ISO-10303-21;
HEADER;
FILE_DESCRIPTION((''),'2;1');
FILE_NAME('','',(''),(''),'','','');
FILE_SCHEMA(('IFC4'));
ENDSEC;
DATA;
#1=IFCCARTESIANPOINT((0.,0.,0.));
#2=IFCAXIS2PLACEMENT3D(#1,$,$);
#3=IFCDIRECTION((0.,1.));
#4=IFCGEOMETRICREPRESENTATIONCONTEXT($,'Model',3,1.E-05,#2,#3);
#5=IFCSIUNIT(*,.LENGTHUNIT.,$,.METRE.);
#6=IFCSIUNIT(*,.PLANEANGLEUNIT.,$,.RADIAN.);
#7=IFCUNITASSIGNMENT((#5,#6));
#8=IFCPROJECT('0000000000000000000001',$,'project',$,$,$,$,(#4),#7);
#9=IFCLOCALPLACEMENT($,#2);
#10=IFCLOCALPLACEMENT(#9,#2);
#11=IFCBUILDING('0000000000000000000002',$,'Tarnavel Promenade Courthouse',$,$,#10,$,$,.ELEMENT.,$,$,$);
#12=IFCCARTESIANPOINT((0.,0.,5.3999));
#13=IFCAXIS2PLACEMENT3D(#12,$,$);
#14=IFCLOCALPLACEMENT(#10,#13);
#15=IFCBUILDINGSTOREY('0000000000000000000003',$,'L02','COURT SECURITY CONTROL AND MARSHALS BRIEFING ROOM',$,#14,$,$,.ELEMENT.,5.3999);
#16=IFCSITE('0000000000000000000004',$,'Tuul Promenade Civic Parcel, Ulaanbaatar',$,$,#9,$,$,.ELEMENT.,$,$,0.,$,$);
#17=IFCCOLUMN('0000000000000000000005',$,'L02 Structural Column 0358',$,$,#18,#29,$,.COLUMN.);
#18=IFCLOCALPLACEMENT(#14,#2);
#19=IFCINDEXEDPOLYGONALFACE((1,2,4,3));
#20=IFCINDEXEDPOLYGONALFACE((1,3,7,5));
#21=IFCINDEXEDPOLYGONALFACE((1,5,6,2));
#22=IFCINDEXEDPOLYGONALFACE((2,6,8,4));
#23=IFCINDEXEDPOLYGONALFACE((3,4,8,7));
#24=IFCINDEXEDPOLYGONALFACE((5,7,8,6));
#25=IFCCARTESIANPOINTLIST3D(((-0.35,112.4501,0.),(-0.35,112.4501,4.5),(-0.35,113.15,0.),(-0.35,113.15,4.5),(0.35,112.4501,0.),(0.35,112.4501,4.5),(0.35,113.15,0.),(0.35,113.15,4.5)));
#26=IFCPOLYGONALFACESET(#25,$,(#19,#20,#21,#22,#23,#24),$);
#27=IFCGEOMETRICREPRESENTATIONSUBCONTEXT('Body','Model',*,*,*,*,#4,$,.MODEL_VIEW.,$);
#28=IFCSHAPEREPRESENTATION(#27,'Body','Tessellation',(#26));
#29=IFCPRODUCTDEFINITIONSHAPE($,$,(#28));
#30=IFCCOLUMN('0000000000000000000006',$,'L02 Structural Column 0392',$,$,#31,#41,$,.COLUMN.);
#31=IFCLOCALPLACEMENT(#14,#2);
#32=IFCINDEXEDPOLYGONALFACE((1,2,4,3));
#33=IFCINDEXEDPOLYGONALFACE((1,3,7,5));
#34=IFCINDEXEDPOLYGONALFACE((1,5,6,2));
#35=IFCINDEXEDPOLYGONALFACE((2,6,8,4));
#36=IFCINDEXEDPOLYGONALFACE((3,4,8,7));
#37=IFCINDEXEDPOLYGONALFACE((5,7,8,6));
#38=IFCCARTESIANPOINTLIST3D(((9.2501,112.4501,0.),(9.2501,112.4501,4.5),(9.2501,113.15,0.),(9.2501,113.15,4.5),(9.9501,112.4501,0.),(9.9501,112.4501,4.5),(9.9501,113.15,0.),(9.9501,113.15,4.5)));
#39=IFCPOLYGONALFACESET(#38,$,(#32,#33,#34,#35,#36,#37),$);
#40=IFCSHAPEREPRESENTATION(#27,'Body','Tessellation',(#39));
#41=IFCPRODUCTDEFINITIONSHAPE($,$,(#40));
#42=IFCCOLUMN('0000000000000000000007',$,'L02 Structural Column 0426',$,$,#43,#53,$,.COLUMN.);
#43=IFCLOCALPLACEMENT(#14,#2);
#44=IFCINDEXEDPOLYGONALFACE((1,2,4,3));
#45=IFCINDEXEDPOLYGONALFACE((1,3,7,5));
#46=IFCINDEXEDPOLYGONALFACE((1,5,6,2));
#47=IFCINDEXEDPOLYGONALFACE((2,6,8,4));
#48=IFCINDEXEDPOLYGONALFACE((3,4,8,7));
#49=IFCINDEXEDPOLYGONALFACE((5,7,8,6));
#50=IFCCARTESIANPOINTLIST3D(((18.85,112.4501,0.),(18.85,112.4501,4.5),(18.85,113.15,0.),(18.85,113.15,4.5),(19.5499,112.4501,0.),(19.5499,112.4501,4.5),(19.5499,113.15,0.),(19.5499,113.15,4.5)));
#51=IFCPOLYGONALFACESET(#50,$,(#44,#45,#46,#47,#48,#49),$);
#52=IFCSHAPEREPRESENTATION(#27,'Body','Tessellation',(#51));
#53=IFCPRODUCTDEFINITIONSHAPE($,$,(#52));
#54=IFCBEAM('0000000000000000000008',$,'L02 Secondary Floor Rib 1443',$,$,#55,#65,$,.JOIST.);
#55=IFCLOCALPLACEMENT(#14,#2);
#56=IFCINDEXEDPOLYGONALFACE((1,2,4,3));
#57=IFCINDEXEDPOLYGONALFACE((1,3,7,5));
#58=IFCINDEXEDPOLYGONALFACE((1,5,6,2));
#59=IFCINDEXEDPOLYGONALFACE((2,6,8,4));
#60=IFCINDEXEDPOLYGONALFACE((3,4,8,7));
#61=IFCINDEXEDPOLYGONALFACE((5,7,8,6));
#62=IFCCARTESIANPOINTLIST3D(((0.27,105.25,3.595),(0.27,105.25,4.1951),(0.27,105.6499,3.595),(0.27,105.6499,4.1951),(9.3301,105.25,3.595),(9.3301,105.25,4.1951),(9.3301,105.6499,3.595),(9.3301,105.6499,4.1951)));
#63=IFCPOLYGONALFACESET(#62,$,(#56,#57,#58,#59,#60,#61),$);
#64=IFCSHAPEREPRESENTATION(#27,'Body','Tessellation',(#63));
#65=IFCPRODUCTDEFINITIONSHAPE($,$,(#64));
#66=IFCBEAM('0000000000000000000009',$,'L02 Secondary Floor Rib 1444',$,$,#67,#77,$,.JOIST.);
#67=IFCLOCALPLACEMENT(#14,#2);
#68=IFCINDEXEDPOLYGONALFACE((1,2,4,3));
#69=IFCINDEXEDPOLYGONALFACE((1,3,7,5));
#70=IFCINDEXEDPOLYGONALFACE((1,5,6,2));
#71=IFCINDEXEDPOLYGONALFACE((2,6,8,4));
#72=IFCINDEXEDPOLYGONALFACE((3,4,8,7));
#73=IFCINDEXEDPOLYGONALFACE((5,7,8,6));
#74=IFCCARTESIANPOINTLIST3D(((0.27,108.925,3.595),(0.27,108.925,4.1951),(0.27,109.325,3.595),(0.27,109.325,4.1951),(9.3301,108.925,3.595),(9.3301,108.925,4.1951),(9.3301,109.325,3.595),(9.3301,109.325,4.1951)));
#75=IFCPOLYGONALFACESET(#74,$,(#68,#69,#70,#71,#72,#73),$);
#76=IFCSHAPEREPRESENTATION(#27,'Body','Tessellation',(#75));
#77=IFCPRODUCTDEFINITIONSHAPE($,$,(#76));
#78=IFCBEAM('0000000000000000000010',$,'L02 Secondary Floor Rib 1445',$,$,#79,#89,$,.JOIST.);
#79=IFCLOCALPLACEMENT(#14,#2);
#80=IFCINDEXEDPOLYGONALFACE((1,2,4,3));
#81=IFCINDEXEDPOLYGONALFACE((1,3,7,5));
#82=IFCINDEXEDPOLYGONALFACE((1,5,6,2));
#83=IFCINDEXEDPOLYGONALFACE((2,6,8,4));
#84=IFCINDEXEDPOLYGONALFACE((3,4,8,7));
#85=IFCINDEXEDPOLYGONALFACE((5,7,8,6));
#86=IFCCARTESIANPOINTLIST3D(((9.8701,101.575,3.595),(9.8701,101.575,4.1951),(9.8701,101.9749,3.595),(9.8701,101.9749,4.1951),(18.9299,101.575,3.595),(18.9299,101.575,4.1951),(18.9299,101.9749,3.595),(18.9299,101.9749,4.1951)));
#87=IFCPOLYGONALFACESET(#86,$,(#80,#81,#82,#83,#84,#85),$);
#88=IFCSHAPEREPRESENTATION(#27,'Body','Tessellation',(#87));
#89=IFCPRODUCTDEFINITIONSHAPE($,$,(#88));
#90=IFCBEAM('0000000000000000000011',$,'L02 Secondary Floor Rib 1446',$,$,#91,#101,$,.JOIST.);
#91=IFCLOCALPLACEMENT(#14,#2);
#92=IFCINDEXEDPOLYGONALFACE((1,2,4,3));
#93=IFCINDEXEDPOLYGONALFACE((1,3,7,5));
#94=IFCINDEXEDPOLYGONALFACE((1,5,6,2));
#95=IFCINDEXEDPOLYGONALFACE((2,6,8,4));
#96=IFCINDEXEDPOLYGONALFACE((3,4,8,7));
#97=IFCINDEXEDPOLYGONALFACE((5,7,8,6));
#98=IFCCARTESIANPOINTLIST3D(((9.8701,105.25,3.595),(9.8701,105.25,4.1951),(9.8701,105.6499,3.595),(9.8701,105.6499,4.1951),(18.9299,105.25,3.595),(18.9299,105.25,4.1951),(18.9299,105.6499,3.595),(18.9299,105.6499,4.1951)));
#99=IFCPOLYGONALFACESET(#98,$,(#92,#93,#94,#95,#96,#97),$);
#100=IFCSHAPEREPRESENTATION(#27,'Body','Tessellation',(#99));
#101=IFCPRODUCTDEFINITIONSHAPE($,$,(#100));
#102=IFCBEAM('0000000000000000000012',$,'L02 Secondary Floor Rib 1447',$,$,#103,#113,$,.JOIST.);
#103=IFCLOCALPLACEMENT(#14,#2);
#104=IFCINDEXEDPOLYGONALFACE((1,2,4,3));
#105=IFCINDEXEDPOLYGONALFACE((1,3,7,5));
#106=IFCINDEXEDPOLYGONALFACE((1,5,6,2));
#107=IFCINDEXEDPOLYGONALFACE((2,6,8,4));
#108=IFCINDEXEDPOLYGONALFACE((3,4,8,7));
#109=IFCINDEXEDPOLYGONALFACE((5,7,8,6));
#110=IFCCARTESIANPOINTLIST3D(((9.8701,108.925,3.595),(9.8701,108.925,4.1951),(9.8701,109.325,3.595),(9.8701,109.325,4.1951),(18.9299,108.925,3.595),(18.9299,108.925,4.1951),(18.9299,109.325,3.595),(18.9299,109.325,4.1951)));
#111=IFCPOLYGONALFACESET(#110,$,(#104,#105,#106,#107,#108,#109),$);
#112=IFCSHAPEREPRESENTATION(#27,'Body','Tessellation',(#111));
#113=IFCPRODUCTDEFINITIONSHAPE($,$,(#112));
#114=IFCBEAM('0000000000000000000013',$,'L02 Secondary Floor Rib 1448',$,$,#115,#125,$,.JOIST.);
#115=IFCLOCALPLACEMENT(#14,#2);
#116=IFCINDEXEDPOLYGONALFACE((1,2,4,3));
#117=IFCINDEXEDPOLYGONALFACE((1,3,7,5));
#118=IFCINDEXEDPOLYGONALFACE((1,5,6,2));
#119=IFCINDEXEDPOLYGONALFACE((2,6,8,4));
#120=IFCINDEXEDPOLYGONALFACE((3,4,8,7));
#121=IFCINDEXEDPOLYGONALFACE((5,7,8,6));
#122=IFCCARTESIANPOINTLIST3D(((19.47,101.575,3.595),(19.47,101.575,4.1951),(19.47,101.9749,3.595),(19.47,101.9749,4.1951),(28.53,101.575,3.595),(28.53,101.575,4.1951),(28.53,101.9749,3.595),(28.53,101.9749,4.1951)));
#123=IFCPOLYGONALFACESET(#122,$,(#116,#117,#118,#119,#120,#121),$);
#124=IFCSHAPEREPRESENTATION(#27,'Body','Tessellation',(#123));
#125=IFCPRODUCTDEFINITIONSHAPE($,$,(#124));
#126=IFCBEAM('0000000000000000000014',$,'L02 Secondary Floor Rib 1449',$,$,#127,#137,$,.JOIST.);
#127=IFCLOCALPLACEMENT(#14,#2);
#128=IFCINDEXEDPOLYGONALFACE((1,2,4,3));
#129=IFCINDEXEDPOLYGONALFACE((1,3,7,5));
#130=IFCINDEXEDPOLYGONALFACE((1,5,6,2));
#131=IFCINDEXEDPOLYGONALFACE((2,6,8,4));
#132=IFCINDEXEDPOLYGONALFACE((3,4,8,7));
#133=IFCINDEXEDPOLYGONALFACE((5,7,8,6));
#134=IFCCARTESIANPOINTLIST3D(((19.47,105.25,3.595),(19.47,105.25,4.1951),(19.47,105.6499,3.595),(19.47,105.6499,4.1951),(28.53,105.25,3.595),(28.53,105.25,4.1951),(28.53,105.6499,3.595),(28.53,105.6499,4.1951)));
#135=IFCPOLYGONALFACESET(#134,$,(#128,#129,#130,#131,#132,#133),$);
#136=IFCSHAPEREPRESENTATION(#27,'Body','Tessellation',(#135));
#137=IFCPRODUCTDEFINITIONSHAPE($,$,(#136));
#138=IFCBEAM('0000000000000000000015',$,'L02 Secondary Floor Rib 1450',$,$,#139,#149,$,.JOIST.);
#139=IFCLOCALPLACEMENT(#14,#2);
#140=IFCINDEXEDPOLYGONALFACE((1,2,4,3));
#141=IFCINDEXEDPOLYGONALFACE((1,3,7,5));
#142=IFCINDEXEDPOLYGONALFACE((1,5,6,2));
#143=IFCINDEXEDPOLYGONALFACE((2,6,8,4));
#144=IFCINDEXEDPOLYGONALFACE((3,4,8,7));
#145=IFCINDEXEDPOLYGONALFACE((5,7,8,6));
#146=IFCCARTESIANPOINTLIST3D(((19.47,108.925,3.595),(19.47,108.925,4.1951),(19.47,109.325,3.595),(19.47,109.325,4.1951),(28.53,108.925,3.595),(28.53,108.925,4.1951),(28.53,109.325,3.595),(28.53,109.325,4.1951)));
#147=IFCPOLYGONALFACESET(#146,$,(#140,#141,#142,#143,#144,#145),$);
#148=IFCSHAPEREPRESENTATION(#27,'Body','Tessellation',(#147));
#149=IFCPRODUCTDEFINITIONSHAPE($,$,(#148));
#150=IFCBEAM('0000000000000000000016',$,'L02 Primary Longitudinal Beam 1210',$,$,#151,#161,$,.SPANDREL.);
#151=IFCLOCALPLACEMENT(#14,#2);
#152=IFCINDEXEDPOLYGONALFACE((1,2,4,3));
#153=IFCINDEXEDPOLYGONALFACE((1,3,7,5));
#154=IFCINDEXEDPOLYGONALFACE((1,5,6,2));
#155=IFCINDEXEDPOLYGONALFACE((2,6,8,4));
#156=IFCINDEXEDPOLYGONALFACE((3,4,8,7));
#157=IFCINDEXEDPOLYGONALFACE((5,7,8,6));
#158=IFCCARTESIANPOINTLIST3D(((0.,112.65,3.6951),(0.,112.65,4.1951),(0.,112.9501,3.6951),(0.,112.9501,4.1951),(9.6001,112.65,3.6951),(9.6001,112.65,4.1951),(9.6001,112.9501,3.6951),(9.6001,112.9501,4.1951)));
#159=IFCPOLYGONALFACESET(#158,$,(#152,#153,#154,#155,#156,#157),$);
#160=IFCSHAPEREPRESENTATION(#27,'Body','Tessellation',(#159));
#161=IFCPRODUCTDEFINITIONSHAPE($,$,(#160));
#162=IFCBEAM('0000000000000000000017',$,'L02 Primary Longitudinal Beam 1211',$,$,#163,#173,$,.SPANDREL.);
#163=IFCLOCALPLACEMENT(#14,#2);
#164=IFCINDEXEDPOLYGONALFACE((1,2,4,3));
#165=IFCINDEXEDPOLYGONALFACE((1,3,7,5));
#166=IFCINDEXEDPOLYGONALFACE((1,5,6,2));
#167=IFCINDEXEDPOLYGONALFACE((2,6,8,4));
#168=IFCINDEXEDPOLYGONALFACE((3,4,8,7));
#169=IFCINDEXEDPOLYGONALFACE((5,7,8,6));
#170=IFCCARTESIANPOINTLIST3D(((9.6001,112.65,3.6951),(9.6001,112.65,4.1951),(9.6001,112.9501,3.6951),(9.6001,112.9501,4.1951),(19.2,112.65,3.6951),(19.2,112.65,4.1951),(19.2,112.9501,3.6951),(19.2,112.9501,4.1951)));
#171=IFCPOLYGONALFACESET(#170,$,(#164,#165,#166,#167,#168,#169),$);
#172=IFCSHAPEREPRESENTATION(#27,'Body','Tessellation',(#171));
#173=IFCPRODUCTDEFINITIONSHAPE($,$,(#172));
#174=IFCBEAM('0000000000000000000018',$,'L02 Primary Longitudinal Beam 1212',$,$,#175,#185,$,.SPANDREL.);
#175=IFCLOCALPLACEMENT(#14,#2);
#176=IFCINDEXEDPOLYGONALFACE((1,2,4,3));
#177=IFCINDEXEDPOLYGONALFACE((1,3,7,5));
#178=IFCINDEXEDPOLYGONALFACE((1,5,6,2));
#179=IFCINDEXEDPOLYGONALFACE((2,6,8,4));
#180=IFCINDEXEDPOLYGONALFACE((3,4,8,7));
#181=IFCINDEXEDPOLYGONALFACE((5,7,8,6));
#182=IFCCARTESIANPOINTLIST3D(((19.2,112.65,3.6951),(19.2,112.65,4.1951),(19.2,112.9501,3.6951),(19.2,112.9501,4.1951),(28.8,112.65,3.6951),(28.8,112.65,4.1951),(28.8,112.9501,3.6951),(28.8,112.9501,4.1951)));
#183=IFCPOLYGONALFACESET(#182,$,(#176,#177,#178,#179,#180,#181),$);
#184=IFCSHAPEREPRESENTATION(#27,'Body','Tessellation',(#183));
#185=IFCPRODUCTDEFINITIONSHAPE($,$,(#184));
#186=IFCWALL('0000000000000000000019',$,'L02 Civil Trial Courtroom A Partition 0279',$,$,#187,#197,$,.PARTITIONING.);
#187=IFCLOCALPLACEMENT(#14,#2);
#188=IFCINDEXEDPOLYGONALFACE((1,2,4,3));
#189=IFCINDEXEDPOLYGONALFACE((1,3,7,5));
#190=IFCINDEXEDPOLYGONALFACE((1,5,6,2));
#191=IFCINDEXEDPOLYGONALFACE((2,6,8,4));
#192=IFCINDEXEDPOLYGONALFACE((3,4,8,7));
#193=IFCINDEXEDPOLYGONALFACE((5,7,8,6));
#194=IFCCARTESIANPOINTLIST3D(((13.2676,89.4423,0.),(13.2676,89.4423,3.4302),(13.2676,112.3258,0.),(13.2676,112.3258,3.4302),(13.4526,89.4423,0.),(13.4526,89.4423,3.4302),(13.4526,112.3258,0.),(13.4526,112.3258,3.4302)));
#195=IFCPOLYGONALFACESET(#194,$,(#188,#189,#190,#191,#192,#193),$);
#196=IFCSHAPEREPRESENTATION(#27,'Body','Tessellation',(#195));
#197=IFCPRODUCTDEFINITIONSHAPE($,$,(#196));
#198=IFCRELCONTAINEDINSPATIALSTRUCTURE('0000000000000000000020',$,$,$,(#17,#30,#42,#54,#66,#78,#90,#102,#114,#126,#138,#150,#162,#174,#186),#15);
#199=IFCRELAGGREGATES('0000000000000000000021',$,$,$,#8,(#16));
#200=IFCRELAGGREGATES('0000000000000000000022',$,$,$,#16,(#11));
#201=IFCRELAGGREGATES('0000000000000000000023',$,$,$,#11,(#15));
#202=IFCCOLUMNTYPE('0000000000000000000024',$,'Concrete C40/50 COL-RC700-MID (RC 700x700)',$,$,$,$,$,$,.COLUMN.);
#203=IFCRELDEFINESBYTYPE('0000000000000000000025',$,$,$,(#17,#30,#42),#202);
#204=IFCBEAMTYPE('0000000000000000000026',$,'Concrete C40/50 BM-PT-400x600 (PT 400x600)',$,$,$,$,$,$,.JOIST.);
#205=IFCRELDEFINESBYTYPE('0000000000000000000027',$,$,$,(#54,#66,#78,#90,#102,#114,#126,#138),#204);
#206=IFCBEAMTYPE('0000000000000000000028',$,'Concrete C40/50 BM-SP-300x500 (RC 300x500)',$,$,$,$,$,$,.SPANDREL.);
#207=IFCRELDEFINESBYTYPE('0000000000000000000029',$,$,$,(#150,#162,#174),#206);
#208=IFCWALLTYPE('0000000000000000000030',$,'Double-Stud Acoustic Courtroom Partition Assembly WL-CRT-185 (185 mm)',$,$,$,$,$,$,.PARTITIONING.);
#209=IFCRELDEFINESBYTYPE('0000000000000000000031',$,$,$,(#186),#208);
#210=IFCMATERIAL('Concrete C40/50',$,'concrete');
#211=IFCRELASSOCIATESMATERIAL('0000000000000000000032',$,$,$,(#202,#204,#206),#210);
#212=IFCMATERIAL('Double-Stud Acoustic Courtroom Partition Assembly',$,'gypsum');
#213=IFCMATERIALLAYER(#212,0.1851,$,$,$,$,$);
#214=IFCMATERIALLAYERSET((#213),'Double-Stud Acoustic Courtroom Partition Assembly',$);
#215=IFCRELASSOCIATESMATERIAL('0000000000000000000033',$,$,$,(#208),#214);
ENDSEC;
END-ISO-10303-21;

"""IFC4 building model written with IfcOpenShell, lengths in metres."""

from ifc_helpers import new_model, si_unit, direction, frame, frame_2d, origin, origin_2d, place, context, subcontext, project, spatial, rectangle, extrude, material, layer, layer_set, material_profile, profile_set, type_object, element, save


model = new_model("IFC4")

# Units and contexts
model_context = context("Model", 3, precision=1e-05, world=origin(), true_north=direction((0.0, 1.0)))
body_context = subcontext(model_context, "Body", "Model", "MODEL_VIEW")
ifc_project = project(units=[si_unit("LENGTHUNIT", "METRE"), si_unit("PLANEANGLEUNIT", "RADIAN")], contexts=[model_context])

# Site, building, storey
site_placement = place(None, origin())
site = spatial("IfcSite", under=ifc_project, at=site_placement, Name="Tuul Promenade Civic Parcel, Ulaanbaatar", CompositionType="ELEMENT", RefElevation=0.0)
building_placement = place(site_placement, origin())
building = spatial("IfcBuilding", under=site, at=building_placement, Name="Tarnavel Promenade Courthouse", CompositionType="ELEMENT")
storey_placement = place(building_placement, frame((0.0, 0.0, 5.3999)))
storey = spatial("IfcBuildingStorey", under=building, at=storey_placement, Name="L02", Description="COURT SECURITY CONTROL AND MARSHALS BRIEFING ROOM", CompositionType="ELEMENT", Elevation=5.3999)

# Columns
ifc_material_1 = material(Name="Concrete C40/50", Category="concrete")
ifc_material_profile_1 = material_profile(ifc_material_1, rectangle(XDim=0.7, YDim=0.7, at=origin_2d()), Name="RC 700x700")
ifc_profile_set_1 = profile_set([ifc_material_profile_1], Name="Concrete C40/50")
column_type = type_object("IfcColumnType", Name="Concrete C40/50 COL-RC700-MID (RC 700x700)", PredefinedType="COLUMN", material=ifc_profile_set_1)
for number, where, z_axis, x_axis, name in (
    (1, (0.0, 112.8, 0.0), (0.0, 0.0, 1.0), (1.0, 0.0, 0.0), "L02 Structural Column 0358"),
    (2, (9.6001, 112.8, 0.0), (0.0, 0.0, 1.0), (1.0, 0.0, 0.0), "L02 Structural Column 0392"),
    (3, (19.2, 112.8, 0.0), (0.0, 0.0, 1.0), (1.0, 0.0, 0.0), "L02 Structural Column 0426"),
):
    element("IfcColumn", number, at=place(storey_placement, frame(where, z_axis=z_axis, x_axis=x_axis)), inside=storey, type_object=column_type, Name=name, PredefinedType="COLUMN", context=body_context, shape_type="SweptSolid", body=[
        extrude(rectangle(XDim=0.7, YDim=0.7, at=origin_2d()), origin(), (0.0, 0.0, 1.0), 4.5),
    ])

# Beams
ifc_material_profile_2 = material_profile(ifc_material_1, rectangle(XDim=0.3999, YDim=0.6001, at=origin_2d()), Name="PT 400x600")
ifc_profile_set_2 = profile_set([ifc_material_profile_2], Name="Concrete C40/50")
beam_type_1 = type_object("IfcBeamType", Name="Concrete C40/50 BM-PT-400x600 (PT 400x600)", PredefinedType="JOIST", material=ifc_profile_set_2)
for number, where, z_axis, x_axis, name in (
    (4, (0.27, 105.45, 3.895), (1.0, 0.0, 0.0), (0.0, 1.0, 0.0), "L02 Secondary Floor Rib 1443"),
    (5, (0.27, 109.125, 3.895), (1.0, 0.0, 0.0), (0.0, 1.0, 0.0), "L02 Secondary Floor Rib 1444"),
):
    element("IfcBeam", number, at=place(storey_placement, frame(where, z_axis=z_axis, x_axis=x_axis)), inside=storey, type_object=beam_type_1, Name=name, PredefinedType="JOIST", context=body_context, shape_type="SweptSolid", body=[
        extrude(rectangle(XDim=0.3999, YDim=0.6001, at=origin_2d()), origin(), (0.0, 0.0, 1.0), 9.0601),
    ])
for number, where, z_axis, x_axis, name in (
    (6, (9.8701, 101.7749, 3.895), (1.0, 0.0, 0.0), (0.0, 1.0, 0.0), "L02 Secondary Floor Rib 1445"),
    (7, (9.8701, 105.45, 3.895), (1.0, 0.0, 0.0), (0.0, 1.0, 0.0), "L02 Secondary Floor Rib 1446"),
    (8, (9.8701, 109.125, 3.895), (1.0, 0.0, 0.0), (0.0, 1.0, 0.0), "L02 Secondary Floor Rib 1447"),
):
    element("IfcBeam", number, at=place(storey_placement, frame(where, z_axis=z_axis, x_axis=x_axis)), inside=storey, type_object=beam_type_1, Name=name, PredefinedType="JOIST", context=body_context, shape_type="SweptSolid", body=[
        extrude(rectangle(XDim=0.3999, YDim=0.6001, at=origin_2d()), origin(), (0.0, 0.0, 1.0), 9.0598),
    ])
for number, where, z_axis, x_axis, name in (
    (9, (19.47, 101.7749, 3.895), (1.0, 0.0, 0.0), (0.0, 1.0, 0.0), "L02 Secondary Floor Rib 1448"),
    (10, (19.47, 105.45, 3.895), (1.0, 0.0, 0.0), (0.0, 1.0, 0.0), "L02 Secondary Floor Rib 1449"),
    (11, (19.47, 109.125, 3.895), (1.0, 0.0, 0.0), (0.0, 1.0, 0.0), "L02 Secondary Floor Rib 1450"),
):
    element("IfcBeam", number, at=place(storey_placement, frame(where, z_axis=z_axis, x_axis=x_axis)), inside=storey, type_object=beam_type_1, Name=name, PredefinedType="JOIST", context=body_context, shape_type="SweptSolid", body=[
        extrude(rectangle(XDim=0.3999, YDim=0.6001, at=origin_2d()), origin(), (0.0, 0.0, 1.0), 9.0601),
    ])
ifc_material_profile_3 = material_profile(ifc_material_1, rectangle(XDim=0.3, YDim=0.5, at=origin_2d()), Name="RC 300x500")
ifc_profile_set_3 = profile_set([ifc_material_profile_3], Name="Concrete C40/50")
beam_type_2 = type_object("IfcBeamType", Name="Concrete C40/50 BM-SP-300x500 (RC 300x500)", PredefinedType="SPANDREL", material=ifc_profile_set_3)
beam_1_placement = place(storey_placement, frame((0.0, 112.8, 3.9451), z_axis=(1.0, 0.0, 0.0), x_axis=(0.0, 1.0, 0.0)))
element("IfcBeam", 12, at=beam_1_placement, inside=storey, type_object=beam_type_2, Name="L02 Primary Longitudinal Beam 1210", PredefinedType="SPANDREL", context=body_context, shape_type="SweptSolid", body=[
    extrude(rectangle(XDim=0.3, YDim=0.5, at=origin_2d()), origin(), (0.0, 0.0, 1.0), 9.6001),
])
beam_2_placement = place(storey_placement, frame((9.6001, 112.8, 3.9451), z_axis=(1.0, 0.0, 0.0), x_axis=(0.0, 1.0, 0.0)))
element("IfcBeam", 13, at=beam_2_placement, inside=storey, type_object=beam_type_2, Name="L02 Primary Longitudinal Beam 1211", PredefinedType="SPANDREL", context=body_context, shape_type="SweptSolid", body=[
    extrude(rectangle(XDim=0.3, YDim=0.5, at=origin_2d()), origin(), (0.0, 0.0, 1.0), 9.5999),
])
beam_3_placement = place(storey_placement, frame((19.2, 112.8, 3.9451), z_axis=(1.0, 0.0, 0.0), x_axis=(0.0, 1.0, 0.0)))
element("IfcBeam", 14, at=beam_3_placement, inside=storey, type_object=beam_type_2, Name="L02 Primary Longitudinal Beam 1212", PredefinedType="SPANDREL", context=body_context, shape_type="SweptSolid", body=[
    extrude(rectangle(XDim=0.3, YDim=0.5, at=origin_2d()), origin(), (0.0, 0.0, 1.0), 9.6001),
])

# Wall
ifc_material_2 = material(Name="Double-Stud Acoustic Courtroom Partition Assembly", Category="gypsum")
ifc_layer_1 = layer(ifc_material_2, 0.1851)
ifc_layer_set_1 = layer_set([ifc_layer_1], Name="Double-Stud Acoustic Courtroom Partition Assembly")
wall_type_1 = type_object("IfcWallType", Name="Double-Stud Acoustic Courtroom Partition Assembly WL-CRT-185 (185 mm)", PredefinedType="PARTITIONING", material=ifc_layer_set_1)
wall_1_placement = place(storey_placement, frame((13.3601, 112.3259, 0.0), z_axis=(0.0, 0.0, 1.0), x_axis=(0.0, -1.0, 0.0)))
element("IfcWall", 15, at=wall_1_placement, inside=storey, type_object=wall_type_1, Name="L02 Civil Trial Courtroom A Partition 0279", PredefinedType="PARTITIONING", context=body_context, shape_type="SweptSolid", body=[
    extrude(rectangle(XDim=22.8835, YDim=0.1851, at=frame_2d((11.4419, 0.0))), origin(), (0.0, 0.0, 1.0), 3.4302),
])

save(model, "model.ifc")
